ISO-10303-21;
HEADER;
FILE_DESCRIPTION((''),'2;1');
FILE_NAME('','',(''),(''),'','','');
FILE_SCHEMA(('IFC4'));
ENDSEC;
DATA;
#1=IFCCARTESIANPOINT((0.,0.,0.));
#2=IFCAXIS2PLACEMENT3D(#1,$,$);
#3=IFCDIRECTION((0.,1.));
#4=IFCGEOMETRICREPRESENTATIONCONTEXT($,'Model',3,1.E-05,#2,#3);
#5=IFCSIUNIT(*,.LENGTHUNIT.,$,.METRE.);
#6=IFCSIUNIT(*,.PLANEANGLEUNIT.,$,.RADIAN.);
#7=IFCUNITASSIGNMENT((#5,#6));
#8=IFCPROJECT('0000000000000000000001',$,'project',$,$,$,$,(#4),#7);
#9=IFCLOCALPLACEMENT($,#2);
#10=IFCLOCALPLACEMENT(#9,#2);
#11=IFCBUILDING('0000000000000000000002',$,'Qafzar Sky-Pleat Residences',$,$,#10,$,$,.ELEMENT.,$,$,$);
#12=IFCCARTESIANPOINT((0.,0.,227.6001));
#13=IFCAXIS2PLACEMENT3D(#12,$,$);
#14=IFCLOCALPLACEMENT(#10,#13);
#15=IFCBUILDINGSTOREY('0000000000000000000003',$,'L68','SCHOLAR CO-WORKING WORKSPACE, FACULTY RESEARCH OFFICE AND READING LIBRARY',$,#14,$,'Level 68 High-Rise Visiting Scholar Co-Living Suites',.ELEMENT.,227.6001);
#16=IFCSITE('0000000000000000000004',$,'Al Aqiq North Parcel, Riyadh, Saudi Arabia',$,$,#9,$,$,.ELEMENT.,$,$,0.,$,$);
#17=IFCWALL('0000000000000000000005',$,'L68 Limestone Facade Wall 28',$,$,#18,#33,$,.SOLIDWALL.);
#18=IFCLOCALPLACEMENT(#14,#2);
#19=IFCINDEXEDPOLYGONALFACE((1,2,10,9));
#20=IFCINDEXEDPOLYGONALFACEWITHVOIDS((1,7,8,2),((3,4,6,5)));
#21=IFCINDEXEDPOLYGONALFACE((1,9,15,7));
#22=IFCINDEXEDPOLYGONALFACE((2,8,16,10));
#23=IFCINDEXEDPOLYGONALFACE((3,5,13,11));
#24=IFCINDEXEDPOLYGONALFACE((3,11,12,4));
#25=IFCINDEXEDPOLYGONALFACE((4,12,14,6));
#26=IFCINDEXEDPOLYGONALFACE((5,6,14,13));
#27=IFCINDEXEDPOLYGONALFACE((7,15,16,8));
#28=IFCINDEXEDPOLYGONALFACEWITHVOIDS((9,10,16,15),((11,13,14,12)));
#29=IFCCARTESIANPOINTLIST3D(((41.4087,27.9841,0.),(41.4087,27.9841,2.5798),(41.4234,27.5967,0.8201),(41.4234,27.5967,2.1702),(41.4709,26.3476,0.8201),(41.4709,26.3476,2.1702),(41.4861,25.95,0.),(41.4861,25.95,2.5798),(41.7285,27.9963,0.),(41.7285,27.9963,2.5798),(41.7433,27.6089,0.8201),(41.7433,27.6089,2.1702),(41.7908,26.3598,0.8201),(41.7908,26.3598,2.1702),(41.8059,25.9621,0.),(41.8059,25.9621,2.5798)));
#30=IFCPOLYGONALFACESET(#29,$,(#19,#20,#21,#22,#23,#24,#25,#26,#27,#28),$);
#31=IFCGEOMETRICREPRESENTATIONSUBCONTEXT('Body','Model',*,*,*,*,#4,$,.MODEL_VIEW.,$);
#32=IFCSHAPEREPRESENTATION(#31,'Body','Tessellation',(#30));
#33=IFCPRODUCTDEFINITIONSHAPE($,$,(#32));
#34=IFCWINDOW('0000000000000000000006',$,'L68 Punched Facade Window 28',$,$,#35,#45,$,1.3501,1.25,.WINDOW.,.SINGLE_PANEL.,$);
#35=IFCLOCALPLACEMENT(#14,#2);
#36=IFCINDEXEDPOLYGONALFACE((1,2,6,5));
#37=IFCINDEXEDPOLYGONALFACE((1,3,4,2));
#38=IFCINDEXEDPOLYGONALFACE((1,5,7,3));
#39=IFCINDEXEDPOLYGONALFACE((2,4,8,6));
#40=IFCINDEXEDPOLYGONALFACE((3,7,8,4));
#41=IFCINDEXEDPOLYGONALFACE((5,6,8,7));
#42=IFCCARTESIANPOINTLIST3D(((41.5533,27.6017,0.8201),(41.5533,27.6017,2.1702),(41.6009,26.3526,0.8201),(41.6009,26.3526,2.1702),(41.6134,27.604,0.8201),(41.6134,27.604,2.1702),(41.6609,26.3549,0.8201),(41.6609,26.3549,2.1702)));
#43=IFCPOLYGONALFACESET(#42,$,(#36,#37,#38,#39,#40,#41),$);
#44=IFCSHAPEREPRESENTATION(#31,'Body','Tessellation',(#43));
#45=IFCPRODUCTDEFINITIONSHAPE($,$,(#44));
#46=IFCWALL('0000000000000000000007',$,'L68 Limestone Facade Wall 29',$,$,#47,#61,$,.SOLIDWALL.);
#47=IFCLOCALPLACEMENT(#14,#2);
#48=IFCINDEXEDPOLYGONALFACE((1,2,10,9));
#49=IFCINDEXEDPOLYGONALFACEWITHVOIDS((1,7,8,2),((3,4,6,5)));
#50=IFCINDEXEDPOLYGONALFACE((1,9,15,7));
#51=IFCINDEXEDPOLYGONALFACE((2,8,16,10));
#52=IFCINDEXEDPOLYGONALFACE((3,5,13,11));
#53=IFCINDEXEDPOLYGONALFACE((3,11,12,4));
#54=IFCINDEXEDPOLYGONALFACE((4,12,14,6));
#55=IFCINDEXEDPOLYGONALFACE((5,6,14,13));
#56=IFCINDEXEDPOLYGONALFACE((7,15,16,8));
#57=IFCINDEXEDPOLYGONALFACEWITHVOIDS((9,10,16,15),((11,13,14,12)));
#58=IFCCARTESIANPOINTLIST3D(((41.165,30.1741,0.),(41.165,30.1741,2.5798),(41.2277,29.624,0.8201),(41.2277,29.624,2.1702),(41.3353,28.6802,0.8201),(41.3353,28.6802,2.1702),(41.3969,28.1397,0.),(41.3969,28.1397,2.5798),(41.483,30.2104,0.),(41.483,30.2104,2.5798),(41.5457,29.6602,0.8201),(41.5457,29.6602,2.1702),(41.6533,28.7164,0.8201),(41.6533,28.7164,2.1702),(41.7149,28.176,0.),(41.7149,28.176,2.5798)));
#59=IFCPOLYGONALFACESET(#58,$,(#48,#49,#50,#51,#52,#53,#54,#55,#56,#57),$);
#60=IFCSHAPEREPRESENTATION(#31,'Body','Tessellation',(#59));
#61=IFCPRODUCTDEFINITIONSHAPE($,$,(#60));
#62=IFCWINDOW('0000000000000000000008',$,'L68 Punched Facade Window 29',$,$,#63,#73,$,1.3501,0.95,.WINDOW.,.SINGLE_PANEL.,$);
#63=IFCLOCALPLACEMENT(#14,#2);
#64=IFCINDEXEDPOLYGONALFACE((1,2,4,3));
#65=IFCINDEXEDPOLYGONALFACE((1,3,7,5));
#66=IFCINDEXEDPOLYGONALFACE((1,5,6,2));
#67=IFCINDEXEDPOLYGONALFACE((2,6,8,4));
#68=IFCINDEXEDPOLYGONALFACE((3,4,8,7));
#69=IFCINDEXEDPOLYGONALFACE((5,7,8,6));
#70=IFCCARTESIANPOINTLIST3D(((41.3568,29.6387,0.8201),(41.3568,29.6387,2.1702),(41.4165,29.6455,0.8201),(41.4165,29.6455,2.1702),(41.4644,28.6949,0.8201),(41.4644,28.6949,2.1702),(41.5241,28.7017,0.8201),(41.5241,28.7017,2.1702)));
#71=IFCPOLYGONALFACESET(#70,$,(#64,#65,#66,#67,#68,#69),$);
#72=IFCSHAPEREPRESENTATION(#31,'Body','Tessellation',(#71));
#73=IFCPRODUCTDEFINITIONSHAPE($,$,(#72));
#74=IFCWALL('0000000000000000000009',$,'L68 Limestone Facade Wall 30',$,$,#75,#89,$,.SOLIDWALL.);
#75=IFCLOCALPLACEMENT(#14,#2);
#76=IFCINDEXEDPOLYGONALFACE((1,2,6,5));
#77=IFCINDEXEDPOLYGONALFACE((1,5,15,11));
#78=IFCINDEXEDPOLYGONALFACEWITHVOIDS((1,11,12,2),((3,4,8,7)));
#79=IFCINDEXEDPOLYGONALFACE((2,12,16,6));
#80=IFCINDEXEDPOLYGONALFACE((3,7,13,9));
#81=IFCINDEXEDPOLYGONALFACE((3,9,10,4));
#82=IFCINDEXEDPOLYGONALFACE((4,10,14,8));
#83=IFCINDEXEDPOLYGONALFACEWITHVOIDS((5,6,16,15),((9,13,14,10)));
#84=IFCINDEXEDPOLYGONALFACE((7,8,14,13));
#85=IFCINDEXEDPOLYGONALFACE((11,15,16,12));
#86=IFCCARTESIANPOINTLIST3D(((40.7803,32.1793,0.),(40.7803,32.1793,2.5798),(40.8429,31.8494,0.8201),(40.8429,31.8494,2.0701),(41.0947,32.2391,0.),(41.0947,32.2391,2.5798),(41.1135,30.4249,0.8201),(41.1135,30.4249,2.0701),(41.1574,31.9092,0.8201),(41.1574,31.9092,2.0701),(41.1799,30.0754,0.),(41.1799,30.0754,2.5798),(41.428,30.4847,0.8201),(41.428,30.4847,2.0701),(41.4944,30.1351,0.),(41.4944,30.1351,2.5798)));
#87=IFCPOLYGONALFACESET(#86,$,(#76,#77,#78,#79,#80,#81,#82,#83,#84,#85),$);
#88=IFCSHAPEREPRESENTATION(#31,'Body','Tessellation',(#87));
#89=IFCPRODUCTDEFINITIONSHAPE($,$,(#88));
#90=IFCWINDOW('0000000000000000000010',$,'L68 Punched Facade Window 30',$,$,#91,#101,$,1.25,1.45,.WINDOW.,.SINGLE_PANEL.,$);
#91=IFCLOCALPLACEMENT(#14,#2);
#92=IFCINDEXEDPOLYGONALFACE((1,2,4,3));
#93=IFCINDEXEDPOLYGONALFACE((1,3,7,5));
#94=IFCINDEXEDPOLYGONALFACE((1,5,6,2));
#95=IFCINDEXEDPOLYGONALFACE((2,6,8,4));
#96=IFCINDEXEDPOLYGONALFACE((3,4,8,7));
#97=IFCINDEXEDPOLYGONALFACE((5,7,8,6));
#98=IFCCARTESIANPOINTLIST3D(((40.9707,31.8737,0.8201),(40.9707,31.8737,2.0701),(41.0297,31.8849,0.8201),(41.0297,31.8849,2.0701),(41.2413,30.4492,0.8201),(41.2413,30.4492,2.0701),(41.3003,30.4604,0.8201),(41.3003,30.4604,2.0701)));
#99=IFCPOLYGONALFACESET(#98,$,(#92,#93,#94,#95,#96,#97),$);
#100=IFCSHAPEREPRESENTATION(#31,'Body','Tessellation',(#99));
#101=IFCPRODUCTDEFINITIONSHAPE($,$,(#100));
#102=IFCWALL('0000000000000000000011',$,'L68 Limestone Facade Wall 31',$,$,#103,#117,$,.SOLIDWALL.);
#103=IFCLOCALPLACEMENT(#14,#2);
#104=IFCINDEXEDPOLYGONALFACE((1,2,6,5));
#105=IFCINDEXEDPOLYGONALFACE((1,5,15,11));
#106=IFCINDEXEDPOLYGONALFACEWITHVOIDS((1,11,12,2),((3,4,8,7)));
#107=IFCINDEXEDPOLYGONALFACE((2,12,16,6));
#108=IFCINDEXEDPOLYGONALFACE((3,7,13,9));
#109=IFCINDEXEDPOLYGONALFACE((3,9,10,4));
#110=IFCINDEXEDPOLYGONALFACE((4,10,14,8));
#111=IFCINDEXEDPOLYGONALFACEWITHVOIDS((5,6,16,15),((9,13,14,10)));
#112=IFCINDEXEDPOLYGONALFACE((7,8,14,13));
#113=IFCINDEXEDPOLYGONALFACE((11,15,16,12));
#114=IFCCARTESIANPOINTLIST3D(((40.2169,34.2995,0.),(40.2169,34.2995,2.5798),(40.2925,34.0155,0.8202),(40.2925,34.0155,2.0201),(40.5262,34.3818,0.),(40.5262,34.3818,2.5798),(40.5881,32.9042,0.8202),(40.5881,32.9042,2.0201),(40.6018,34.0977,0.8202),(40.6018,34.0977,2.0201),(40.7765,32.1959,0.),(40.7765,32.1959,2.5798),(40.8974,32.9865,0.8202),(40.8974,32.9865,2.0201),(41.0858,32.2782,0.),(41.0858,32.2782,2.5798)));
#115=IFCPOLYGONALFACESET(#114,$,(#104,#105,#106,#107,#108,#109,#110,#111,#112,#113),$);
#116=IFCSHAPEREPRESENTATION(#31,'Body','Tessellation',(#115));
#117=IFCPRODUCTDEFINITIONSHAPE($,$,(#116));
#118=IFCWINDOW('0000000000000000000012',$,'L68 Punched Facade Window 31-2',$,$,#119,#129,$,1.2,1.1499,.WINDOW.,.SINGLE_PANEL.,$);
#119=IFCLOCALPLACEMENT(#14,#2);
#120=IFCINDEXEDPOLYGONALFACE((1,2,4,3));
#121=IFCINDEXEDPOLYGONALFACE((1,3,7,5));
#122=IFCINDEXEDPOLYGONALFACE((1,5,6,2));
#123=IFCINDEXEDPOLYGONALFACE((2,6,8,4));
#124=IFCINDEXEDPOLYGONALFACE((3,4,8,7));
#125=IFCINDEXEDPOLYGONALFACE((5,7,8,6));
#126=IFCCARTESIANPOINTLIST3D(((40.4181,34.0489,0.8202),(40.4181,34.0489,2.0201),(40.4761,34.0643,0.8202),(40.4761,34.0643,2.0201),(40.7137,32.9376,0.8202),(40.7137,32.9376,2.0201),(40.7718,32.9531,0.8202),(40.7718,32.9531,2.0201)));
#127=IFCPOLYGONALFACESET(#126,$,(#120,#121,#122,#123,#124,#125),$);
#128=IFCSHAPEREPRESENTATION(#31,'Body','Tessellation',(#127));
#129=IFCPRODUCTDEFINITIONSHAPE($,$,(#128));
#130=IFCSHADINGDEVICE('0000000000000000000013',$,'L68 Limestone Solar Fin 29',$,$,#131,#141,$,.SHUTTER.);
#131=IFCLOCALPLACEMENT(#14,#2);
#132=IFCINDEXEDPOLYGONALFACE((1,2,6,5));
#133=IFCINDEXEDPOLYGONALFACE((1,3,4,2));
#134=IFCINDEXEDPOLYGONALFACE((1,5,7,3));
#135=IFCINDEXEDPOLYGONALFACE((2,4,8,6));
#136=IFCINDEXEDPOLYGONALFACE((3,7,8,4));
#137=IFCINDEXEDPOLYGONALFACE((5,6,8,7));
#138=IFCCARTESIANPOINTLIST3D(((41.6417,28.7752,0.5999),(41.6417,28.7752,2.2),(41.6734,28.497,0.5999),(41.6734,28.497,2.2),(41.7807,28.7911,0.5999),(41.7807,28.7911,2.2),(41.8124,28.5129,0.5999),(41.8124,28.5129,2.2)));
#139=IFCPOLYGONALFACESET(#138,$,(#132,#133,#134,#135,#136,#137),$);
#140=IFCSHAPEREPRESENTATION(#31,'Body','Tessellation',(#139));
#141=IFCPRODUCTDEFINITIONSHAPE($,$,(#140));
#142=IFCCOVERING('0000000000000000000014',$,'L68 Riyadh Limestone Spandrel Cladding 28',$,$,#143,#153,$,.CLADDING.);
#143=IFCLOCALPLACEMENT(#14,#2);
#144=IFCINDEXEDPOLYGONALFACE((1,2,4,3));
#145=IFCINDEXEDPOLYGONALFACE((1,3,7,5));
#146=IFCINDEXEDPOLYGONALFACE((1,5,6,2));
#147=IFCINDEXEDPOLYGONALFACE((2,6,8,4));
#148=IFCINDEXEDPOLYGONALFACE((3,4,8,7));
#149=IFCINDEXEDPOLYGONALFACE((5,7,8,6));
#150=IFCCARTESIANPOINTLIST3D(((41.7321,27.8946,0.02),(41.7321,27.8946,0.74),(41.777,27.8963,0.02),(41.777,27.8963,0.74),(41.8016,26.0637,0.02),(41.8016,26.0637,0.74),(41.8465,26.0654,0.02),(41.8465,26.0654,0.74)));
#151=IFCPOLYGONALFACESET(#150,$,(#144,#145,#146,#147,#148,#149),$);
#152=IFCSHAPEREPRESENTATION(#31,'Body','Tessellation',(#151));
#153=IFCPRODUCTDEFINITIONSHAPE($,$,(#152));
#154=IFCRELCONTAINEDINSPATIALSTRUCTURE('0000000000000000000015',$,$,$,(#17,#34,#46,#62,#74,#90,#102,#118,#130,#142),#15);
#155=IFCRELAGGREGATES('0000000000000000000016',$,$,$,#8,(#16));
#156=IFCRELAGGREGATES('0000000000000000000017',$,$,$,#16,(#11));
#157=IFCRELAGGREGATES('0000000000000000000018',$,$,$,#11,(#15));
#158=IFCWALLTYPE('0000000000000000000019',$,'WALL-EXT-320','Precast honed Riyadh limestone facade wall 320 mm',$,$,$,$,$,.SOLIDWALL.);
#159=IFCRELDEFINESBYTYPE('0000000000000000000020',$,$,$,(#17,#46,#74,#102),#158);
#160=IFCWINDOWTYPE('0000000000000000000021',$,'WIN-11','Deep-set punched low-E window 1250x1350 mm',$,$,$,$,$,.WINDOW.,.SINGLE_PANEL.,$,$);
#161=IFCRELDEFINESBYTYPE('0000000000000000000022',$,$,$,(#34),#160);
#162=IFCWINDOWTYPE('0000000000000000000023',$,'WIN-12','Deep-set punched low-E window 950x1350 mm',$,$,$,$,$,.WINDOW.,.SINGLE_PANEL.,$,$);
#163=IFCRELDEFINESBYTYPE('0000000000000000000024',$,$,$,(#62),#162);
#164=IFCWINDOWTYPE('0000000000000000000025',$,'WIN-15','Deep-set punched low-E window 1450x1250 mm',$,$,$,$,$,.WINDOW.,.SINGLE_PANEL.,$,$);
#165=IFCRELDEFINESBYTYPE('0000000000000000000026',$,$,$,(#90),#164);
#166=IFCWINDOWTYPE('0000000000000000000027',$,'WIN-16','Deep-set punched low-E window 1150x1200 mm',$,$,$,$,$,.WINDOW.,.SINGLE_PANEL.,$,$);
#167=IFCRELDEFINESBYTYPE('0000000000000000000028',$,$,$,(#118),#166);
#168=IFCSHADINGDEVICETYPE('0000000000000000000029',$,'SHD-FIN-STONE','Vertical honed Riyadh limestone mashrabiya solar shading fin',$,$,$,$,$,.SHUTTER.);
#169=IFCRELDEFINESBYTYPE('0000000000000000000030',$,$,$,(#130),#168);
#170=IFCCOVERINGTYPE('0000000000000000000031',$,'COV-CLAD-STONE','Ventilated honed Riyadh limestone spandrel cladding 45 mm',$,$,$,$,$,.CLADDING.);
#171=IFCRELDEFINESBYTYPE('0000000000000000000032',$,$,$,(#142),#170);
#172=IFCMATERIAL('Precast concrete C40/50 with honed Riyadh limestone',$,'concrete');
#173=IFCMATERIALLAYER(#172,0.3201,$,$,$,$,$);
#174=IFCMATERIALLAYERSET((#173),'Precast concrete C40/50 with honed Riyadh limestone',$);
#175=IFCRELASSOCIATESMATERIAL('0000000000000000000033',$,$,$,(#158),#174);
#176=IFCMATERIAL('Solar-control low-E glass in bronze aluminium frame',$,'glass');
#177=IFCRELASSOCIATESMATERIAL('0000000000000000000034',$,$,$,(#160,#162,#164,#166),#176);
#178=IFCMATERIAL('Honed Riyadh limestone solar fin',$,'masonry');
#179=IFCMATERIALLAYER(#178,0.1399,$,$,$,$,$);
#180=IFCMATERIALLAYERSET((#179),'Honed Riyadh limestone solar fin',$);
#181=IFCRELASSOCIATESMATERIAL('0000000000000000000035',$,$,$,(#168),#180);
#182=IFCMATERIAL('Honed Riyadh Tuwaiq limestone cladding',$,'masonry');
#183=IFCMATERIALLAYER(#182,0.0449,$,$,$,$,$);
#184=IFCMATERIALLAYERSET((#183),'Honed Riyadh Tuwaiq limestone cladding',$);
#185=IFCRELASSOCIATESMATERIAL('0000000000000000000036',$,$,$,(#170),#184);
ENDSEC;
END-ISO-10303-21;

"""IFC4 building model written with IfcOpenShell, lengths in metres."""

from ifc_helpers import new_model, si_unit, direction, frame, frame_2d, origin, origin_2d, place, context, subcontext, project, spatial, rectangle, extrude, source, transform, mapped, material, layer, layer_set, type_object, element, fill, save


model = new_model("IFC4")

# Units and contexts
model_context = context("Model", 3, precision=1e-05, world=origin(), true_north=direction((0.0, 1.0)))
body_context = subcontext(model_context, "Body", "Model", "MODEL_VIEW")
ifc_project = project(units=[si_unit("LENGTHUNIT", "METRE"), si_unit("PLANEANGLEUNIT", "RADIAN")], contexts=[model_context])

# Site, building, storey
site_placement = place(None, origin())
site = spatial("IfcSite", under=ifc_project, at=site_placement, Name="Al Aqiq North Parcel, Riyadh, Saudi Arabia", CompositionType="ELEMENT", RefElevation=0.0)
building_placement = place(site_placement, origin())
building = spatial("IfcBuilding", under=site, at=building_placement, Name="Qafzar Sky-Pleat Residences", CompositionType="ELEMENT")
storey_placement = place(building_placement, frame((0.0, 0.0, 227.6001)))
storey = spatial("IfcBuildingStorey", under=building, at=storey_placement, Name="L68", Description="SCHOLAR CO-WORKING WORKSPACE, FACULTY RESEARCH OFFICE AND READING LIBRARY", LongName="Level 68 High-Rise Visiting Scholar Co-Living Suites", CompositionType="ELEMENT", Elevation=227.6001)

# Walls, openings, windows
ifc_material_1 = material(Name="Precast concrete C40/50 with honed Riyadh limestone", Category="concrete")
ifc_layer_1 = layer(ifc_material_1, 0.3201)
ifc_layer_set_1 = layer_set([ifc_layer_1], Name="Precast concrete C40/50 with honed Riyadh limestone")
wall_type_1 = type_object("IfcWallType", Name="WALL-EXT-320", Description="Precast honed Riyadh limestone facade wall 320 mm", PredefinedType="SOLIDWALL", material=ifc_layer_set_1)
wall_1_placement = place(storey_placement, frame((41.646, 25.9561, 0.0), z_axis=(0.0, 0.0, 1.0), x_axis=(-0.038019, 0.999277, 0.0)))
wall_1 = element("IfcWall", 1, at=wall_1_placement, inside=storey, type_object=wall_type_1, Name="L68 Limestone Facade Wall 28", PredefinedType="SOLIDWALL", context=body_context, shape_type="SweptSolid", body=[
    extrude(rectangle(XDim=2.0356, YDim=0.3201, at=frame_2d((1.0178, 0.0))), origin(), (0.0, 0.0, 1.0), 2.5798),
])
opening_1_placement = place(wall_1_placement, frame((0.3979, 0.0, 0.8201)))
opening_1 = element("IfcOpeningElement", 2, at=opening_1_placement, cuts=wall_1, PredefinedType="OPENING", context=body_context, shape_type="SweptSolid", body=[
    extrude(rectangle(XDim=1.25, YDim=1.3501, at=frame_2d((0.625, 0.675))), frame((0.0, 0.1699, 0.0), z_axis=(0.0, -1.0, 0.0), x_axis=(1.0, 0.0, 0.0)), (0.0, 0.0, 1.0), 0.3401),
])
ifc_material_2 = material(Name="Solar-control low-E glass in bronze aluminium frame", Category="glass")
window_type_1 = type_object("IfcWindowType", Name="WIN-11", Description="Deep-set punched low-E window 1250x1350 mm", PartitioningType="SINGLE_PANEL", PredefinedType="WINDOW", material=ifc_material_2)
shared_shape_1 = source(origin(), body_context, "Body", "SweptSolid", [
    extrude(rectangle(XDim=1.25, YDim=1.3501, at=frame_2d((0.625, 0.675))), frame((0.0, 0.03, 0.0), z_axis=(0.0, -1.0, 0.0), x_axis=(1.0, 0.0, 0.0)), (0.0, 0.0, 1.0), 0.0601),
])
window_1_placement = place(opening_1_placement, origin())
window_1 = element("IfcWindow", 3, at=window_1_placement, inside=storey, type_object=window_type_1, Name="L68 Punched Facade Window 28", OverallHeight=1.3501, OverallWidth=1.25, PartitioningType="SINGLE_PANEL", PredefinedType="WINDOW", context=body_context, shape_type="MappedRepresentation", body=[
    mapped(shared_shape_1, transform((0.0, 0.0, 0.0), x_axis=(1.0, 0.0, 0.0), y_axis=(0.0, 1.0, 0.0), z_axis=(0.0, 0.0, 1.0), scale=1.0)),
])
fill(opening_1, window_1)
wall_2_placement = place(storey_placement, frame((41.5559, 28.1577, 0.0), z_axis=(0.0, 0.0, 1.0), x_axis=(-0.113271, 0.993564, 0.0)))
wall_2 = element("IfcWall", 4, at=wall_2_placement, inside=storey, type_object=wall_type_1, Name="L68 Limestone Facade Wall 29", PredefinedType="SOLIDWALL", context=body_context, shape_type="SweptSolid", body=[
    extrude(rectangle(XDim=2.0476, YDim=0.3201, at=frame_2d((1.0239, 0.0))), origin(), (0.0, 0.0, 1.0), 2.5798),
])
opening_2_placement = place(wall_2_placement, frame((0.5439, 0.0, 0.8201)))
opening_2 = element("IfcOpeningElement", 5, at=opening_2_placement, cuts=wall_2, PredefinedType="OPENING", context=body_context, shape_type="SweptSolid", body=[
    extrude(rectangle(XDim=0.95, YDim=1.3501, at=frame_2d((0.4751, 0.675))), frame((0.0, 0.1699, 0.0), z_axis=(0.0, -1.0, 0.0), x_axis=(1.0, 0.0, 0.0)), (0.0, 0.0, 1.0), 0.3401),
])
window_type_2 = type_object("IfcWindowType", Name="WIN-12", Description="Deep-set punched low-E window 950x1350 mm", PartitioningType="SINGLE_PANEL", PredefinedType="WINDOW", material=ifc_material_2)
shared_shape_2 = source(origin(), body_context, "Body", "SweptSolid", [
    extrude(rectangle(XDim=0.95, YDim=1.3501, at=frame_2d((0.4751, 0.675))), frame((0.0, 0.03, 0.0), z_axis=(0.0, -1.0, 0.0), x_axis=(1.0, 0.0, 0.0)), (0.0, 0.0, 1.0), 0.0601),
])
window_2_placement = place(opening_2_placement, origin())
window_2 = element("IfcWindow", 6, at=window_2_placement, inside=storey, type_object=window_type_2, Name="L68 Punched Facade Window 29", OverallHeight=1.3501, OverallWidth=0.95, PartitioningType="SINGLE_PANEL", PredefinedType="WINDOW", context=body_context, shape_type="MappedRepresentation", body=[
    mapped(shared_shape_2, transform((0.0, 0.0, 0.0), x_axis=(1.0, 0.0, 0.0), y_axis=(0.0, 1.0, 0.0), z_axis=(0.0, 0.0, 1.0), scale=1.0)),
])
fill(opening_2, window_2)
wall_3_placement = place(storey_placement, frame((41.3372, 30.1052, 0.0), z_axis=(0.0, 0.0, 1.0), x_axis=(-0.186614, 0.982433, 0.0)))
wall_3 = element("IfcWall", 7, at=wall_3_placement, inside=storey, type_object=wall_type_1, Name="L68 Limestone Facade Wall 30", PredefinedType="SOLIDWALL", context=body_context, shape_type="SweptSolid", body=[
    extrude(rectangle(XDim=2.1416, YDim=0.3201, at=frame_2d((1.0708, 0.0))), origin(), (0.0, 0.0, 1.0), 2.5798),
])
opening_3_placement = place(wall_3_placement, frame((0.3557, 0.0, 0.8201)))
opening_3 = element("IfcOpeningElement", 8, at=opening_3_placement, cuts=wall_3, PredefinedType="OPENING", context=body_context, shape_type="SweptSolid", body=[
    extrude(rectangle(XDim=1.45, YDim=1.25, at=frame_2d((0.7251, 0.625))), frame((0.0, 0.1699, 0.0), z_axis=(0.0, -1.0, 0.0), x_axis=(1.0, 0.0, 0.0)), (0.0, 0.0, 1.0), 0.3401),
])
window_type_3 = type_object("IfcWindowType", Name="WIN-15", Description="Deep-set punched low-E window 1450x1250 mm", PartitioningType="SINGLE_PANEL", PredefinedType="WINDOW", material=ifc_material_2)
shared_shape_3 = source(origin(), body_context, "Body", "SweptSolid", [
    extrude(rectangle(XDim=1.45, YDim=1.25, at=frame_2d((0.7251, 0.625))), frame((0.0, 0.03, 0.0), z_axis=(0.0, -1.0, 0.0), x_axis=(1.0, 0.0, 0.0)), (0.0, 0.0, 1.0), 0.0601),
])
window_3_placement = place(opening_3_placement, origin())
window_3 = element("IfcWindow", 9, at=window_3_placement, inside=storey, type_object=window_type_3, Name="L68 Punched Facade Window 30", OverallHeight=1.25, OverallWidth=1.45, PartitioningType="SINGLE_PANEL", PredefinedType="WINDOW", context=body_context, shape_type="MappedRepresentation", body=[
    mapped(shared_shape_3, transform((0.0, 0.0, 0.0), x_axis=(1.0, 0.0, 0.0), y_axis=(0.0, 1.0, 0.0), z_axis=(0.0, 0.0, 1.0), scale=1.0)),
])
fill(opening_3, window_3)
wall_4_placement = place(storey_placement, frame((40.9312, 32.2371, 0.0), z_axis=(0.0, 0.0, 1.0), x_axis=(-0.257076, 0.966391, 0.0)))
wall_4 = element("IfcWall", 10, at=wall_4_placement, inside=storey, type_object=wall_type_1, Name="L68 Limestone Facade Wall 31", PredefinedType="SOLIDWALL", context=body_context, shape_type="SweptSolid", body=[
    extrude(rectangle(XDim=2.1768, YDim=0.3201, at=frame_2d((1.0884, 0.0))), origin(), (0.0, 0.0, 1.0), 2.5798),
])
opening_4_placement = place(wall_4_placement, frame((0.7329, 0.0, 0.8201)))
opening_4 = element("IfcOpeningElement", 11, at=opening_4_placement, cuts=wall_4, PredefinedType="OPENING", context=body_context, shape_type="SweptSolid", body=[
    extrude(rectangle(XDim=1.1499, YDim=1.2, at=frame_2d((0.575, 0.6001))), frame((0.0, 0.1699, 0.0), z_axis=(0.0, -1.0, 0.0), x_axis=(1.0, 0.0, 0.0)), (0.0, 0.0, 1.0), 0.3401),
])
window_type_4 = type_object("IfcWindowType", Name="WIN-16", Description="Deep-set punched low-E window 1150x1200 mm", PartitioningType="SINGLE_PANEL", PredefinedType="WINDOW", material=ifc_material_2)
shared_shape_4 = source(origin(), body_context, "Body", "SweptSolid", [
    extrude(rectangle(XDim=1.1499, YDim=1.2, at=frame_2d((0.575, 0.6001))), frame((0.0, 0.03, 0.0), z_axis=(0.0, -1.0, 0.0), x_axis=(1.0, 0.0, 0.0)), (0.0, 0.0, 1.0), 0.0601),
])
window_4_placement = place(opening_4_placement, origin())
window_4 = element("IfcWindow", 12, at=window_4_placement, inside=storey, type_object=window_type_4, Name="L68 Punched Facade Window 31-2", OverallHeight=1.2, OverallWidth=1.1499, PartitioningType="SINGLE_PANEL", PredefinedType="WINDOW", context=body_context, shape_type="MappedRepresentation", body=[
    mapped(shared_shape_4, transform((0.0, 0.0, 0.0), x_axis=(1.0, 0.0, 0.0), y_axis=(0.0, 1.0, 0.0), z_axis=(0.0, 0.0, 1.0), scale=1.0)),
])
fill(opening_4, window_4)

# Shading device
ifc_material_3 = material(Name="Honed Riyadh limestone solar fin", Category="masonry")
ifc_layer_2 = layer(ifc_material_3, 0.1399)
ifc_layer_set_2 = layer_set([ifc_layer_2], Name="Honed Riyadh limestone solar fin")
shading_device_type = type_object("IfcShadingDeviceType", Name="SHD-FIN-STONE", Description="Vertical honed Riyadh limestone mashrabiya solar shading fin", PredefinedType="SHUTTER", material=ifc_layer_set_2)
shared_shape_5 = source(origin(), body_context, "Body", "SweptSolid", [
    extrude(rectangle(XDim=0.1399, YDim=0.28, at=origin_2d()), origin(), (0.0, 0.0, 1.0), 1.6001),
])
shading_device_placement = place(storey_placement, frame((41.7271, 28.644, 0.5999), z_axis=(0.0, 0.0, 1.0), x_axis=(0.993561, 0.113301, 0.0)))
element("IfcShadingDevice", 13, at=shading_device_placement, inside=storey, type_object=shading_device_type, Name="L68 Limestone Solar Fin 29", PredefinedType="SHUTTER", context=body_context, shape_type="MappedRepresentation", body=[
    mapped(shared_shape_5, transform((0.0, 0.0, 0.0), x_axis=(1.0, 0.0, 0.0), y_axis=(0.0, 1.0, 0.0), z_axis=(0.0, 0.0, 1.0), scale=1.0)),
])

# Covering
ifc_material_4 = material(Name="Honed Riyadh Tuwaiq limestone cladding", Category="masonry")
ifc_layer_3 = layer(ifc_material_4, 0.0449)
ifc_layer_set_3 = layer_set([ifc_layer_3], Name="Honed Riyadh Tuwaiq limestone cladding")
covering_type = type_object("IfcCoveringType", Name="COV-CLAD-STONE", Description="Ventilated honed Riyadh limestone spandrel cladding 45 mm", PredefinedType="CLADDING", material=ifc_layer_set_3)
shared_shape_6 = source(origin(), body_context, "Body", "SweptSolid", [
    extrude(rectangle(XDim=1.8323, YDim=0.0449, at=origin_2d()), origin(), (0.0, 0.0, 1.0), 0.72),
])
covering_1_placement = place(storey_placement, frame((41.7893, 26.98, 0.02), z_axis=(0.0, 0.0, 1.0), x_axis=(-0.037971, 0.999279, 0.0)))
element("IfcCovering", 14, at=covering_1_placement, inside=storey, type_object=covering_type, Name="L68 Riyadh Limestone Spandrel Cladding 28", PredefinedType="CLADDING", context=body_context, shape_type="MappedRepresentation", body=[
    mapped(shared_shape_6, transform((0.0, 0.0, 0.0), x_axis=(1.0, 0.0, 0.0), y_axis=(0.0, 1.0, 0.0), z_axis=(0.0, 0.0, 1.0), scale=1.0)),
])

save(model, "model.ifc")
